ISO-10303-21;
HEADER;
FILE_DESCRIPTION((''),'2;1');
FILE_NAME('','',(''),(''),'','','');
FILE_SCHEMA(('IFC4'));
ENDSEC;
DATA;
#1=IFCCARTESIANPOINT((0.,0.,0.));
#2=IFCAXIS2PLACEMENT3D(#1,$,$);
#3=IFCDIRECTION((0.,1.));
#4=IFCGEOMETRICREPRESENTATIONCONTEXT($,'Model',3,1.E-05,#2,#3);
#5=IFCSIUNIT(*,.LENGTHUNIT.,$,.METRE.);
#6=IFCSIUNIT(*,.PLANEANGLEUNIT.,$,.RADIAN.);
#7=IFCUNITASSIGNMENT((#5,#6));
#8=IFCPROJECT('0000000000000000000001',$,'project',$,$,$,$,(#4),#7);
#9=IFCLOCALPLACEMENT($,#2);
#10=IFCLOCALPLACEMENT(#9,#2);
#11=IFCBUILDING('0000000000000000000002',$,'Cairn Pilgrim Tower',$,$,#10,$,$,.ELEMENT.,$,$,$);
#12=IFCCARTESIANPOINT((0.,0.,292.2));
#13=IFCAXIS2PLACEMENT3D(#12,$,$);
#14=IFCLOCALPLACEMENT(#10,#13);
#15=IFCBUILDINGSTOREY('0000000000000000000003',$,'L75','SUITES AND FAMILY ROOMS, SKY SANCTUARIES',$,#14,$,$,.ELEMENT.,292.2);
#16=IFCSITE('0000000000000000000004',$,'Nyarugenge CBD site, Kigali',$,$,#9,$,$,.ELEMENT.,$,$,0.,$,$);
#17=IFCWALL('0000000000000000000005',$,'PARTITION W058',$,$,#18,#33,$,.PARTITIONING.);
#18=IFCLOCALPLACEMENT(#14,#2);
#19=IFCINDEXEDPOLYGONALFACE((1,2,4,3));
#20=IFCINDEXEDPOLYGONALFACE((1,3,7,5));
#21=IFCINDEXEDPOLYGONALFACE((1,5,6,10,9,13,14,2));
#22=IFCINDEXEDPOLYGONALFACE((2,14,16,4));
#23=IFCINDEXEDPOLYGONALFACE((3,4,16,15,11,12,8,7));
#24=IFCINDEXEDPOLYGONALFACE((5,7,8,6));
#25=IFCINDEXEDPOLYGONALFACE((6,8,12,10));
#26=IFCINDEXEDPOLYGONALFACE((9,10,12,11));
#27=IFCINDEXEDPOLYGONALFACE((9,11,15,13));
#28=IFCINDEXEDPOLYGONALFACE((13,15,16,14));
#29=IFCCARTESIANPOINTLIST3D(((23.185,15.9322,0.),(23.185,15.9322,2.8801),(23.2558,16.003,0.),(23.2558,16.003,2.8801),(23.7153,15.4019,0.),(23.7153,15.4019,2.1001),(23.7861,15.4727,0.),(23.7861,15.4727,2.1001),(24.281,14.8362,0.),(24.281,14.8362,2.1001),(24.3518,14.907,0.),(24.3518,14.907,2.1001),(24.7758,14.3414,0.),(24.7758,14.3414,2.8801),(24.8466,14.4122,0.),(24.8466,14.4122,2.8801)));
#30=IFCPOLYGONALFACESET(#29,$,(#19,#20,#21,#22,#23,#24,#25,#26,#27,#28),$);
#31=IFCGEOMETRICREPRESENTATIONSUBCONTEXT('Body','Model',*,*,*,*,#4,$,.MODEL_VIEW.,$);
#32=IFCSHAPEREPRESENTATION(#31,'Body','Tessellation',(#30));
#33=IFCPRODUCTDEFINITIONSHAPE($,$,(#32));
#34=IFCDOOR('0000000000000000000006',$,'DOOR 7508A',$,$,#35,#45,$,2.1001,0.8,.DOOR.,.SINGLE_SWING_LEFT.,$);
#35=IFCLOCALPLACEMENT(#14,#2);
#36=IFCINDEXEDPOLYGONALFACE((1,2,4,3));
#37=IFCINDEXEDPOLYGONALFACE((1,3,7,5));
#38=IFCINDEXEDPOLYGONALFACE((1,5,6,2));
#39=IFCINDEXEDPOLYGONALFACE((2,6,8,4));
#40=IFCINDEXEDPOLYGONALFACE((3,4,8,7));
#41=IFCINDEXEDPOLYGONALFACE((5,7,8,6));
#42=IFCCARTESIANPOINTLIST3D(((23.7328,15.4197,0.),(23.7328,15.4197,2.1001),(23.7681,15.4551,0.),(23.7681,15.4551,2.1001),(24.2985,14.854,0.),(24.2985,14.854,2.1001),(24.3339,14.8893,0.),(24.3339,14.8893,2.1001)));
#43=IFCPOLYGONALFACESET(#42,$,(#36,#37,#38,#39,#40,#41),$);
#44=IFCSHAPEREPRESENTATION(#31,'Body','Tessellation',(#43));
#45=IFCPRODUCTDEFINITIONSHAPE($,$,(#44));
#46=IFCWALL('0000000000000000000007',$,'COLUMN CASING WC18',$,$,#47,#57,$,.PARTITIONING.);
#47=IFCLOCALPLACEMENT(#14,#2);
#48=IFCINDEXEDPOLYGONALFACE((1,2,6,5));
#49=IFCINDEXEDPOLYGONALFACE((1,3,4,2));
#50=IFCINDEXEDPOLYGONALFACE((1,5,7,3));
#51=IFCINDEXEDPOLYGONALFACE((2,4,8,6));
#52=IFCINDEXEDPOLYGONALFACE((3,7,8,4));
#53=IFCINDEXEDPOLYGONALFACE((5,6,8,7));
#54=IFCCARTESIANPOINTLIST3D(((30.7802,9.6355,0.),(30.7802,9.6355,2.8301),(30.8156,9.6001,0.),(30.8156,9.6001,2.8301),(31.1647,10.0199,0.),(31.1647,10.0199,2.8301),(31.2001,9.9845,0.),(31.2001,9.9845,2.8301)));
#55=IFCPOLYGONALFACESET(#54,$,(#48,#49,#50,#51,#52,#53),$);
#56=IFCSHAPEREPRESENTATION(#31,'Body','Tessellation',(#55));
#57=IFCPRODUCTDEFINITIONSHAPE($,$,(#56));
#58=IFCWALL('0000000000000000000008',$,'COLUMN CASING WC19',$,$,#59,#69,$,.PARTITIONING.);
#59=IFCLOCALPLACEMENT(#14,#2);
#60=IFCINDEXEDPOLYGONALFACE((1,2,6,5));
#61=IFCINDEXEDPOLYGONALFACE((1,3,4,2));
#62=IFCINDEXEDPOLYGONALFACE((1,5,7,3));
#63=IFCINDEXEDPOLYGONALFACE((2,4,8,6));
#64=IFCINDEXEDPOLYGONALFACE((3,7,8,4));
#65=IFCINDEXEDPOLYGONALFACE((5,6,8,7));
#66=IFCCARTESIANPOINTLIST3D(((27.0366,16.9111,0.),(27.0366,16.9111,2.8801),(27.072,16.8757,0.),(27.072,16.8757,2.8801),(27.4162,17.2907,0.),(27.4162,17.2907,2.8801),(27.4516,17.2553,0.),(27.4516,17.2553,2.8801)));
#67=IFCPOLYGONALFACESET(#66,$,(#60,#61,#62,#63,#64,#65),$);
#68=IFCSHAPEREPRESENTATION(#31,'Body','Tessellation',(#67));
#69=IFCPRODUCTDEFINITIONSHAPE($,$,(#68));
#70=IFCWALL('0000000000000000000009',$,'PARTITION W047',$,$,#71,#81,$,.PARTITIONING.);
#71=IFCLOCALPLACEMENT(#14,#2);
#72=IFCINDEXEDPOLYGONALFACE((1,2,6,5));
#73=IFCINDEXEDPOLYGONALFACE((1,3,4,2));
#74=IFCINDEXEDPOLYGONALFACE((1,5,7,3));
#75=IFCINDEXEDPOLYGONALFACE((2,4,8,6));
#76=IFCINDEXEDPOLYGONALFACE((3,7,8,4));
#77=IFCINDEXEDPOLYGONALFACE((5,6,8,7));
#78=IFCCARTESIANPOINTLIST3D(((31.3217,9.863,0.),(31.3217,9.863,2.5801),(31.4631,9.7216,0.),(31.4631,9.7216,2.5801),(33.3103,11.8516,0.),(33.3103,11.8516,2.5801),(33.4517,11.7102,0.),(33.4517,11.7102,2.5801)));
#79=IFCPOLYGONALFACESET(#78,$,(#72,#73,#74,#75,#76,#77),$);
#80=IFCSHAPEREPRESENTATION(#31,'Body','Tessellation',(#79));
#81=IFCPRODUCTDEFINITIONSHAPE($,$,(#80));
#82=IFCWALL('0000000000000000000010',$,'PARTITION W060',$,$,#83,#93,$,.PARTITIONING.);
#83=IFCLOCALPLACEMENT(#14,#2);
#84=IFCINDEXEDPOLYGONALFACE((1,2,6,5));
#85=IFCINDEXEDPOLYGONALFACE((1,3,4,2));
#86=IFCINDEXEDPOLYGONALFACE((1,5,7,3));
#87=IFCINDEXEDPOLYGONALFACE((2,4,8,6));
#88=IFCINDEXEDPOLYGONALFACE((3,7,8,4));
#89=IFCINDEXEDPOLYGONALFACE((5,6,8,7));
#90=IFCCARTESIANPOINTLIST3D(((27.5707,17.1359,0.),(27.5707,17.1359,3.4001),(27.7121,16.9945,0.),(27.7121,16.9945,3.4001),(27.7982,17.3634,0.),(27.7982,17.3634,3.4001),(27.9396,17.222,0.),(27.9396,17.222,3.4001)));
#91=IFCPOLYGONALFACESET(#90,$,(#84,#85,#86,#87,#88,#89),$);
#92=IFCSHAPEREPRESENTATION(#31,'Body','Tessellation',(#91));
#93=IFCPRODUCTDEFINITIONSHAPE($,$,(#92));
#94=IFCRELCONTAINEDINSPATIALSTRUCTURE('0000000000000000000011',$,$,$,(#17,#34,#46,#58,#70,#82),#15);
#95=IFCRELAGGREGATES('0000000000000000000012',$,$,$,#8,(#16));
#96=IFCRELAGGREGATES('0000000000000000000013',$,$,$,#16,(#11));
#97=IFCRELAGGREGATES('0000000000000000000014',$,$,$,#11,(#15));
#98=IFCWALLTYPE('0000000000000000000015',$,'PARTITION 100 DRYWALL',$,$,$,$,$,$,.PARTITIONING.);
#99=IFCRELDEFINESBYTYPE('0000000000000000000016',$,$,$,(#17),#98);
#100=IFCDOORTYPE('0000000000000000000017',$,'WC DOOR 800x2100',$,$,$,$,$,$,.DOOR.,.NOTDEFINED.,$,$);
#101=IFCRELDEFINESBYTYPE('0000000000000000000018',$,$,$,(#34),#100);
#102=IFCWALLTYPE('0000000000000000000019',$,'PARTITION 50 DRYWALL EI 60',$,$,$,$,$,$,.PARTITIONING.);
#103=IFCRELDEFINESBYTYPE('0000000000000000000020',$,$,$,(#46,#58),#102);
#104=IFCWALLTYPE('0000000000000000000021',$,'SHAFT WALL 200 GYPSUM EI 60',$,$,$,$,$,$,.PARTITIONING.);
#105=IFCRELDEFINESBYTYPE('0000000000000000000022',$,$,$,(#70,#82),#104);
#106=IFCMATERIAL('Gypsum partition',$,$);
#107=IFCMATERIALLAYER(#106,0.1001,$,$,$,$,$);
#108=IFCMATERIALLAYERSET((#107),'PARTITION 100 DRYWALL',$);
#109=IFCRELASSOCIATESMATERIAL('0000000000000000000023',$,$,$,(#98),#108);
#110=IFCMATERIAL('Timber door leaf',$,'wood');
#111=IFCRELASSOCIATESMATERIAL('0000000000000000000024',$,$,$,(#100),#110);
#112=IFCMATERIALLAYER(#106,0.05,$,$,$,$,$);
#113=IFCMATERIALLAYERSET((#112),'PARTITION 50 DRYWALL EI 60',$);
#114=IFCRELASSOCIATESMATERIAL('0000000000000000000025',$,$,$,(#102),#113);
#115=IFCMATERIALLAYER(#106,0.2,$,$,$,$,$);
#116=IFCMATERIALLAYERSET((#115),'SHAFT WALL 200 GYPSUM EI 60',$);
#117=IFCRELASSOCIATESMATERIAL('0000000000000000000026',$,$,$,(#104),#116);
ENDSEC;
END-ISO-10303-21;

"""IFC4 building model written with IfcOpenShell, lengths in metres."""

from ifc_helpers import new_model, si_unit, direction, frame, frame_2d, origin, place, context, subcontext, project, spatial, rectangle, extrude, material, layer, layer_set, type_object, element, fill, save


model = new_model("IFC4")

# Units and contexts
model_context = context("Model", 3, precision=1e-05, world=origin(), true_north=direction((0.0, 1.0)))
body_context = subcontext(model_context, "Body", "Model", "MODEL_VIEW")
ifc_project = project(units=[si_unit("LENGTHUNIT", "METRE"), si_unit("PLANEANGLEUNIT", "RADIAN")], contexts=[model_context])

# Site, building, storey
site_placement = place(None, origin())
site = spatial("IfcSite", under=ifc_project, at=site_placement, Name="Nyarugenge CBD site, Kigali", CompositionType="ELEMENT", RefElevation=0.0)
building_placement = place(site_placement, origin())
building = spatial("IfcBuilding", under=site, at=building_placement, Name="Cairn Pilgrim Tower", CompositionType="ELEMENT")
storey_placement = place(building_placement, frame((0.0, 0.0, 292.2)))
storey = spatial("IfcBuildingStorey", under=building, at=storey_placement, Name="L75", Description="SUITES AND FAMILY ROOMS, SKY SANCTUARIES", CompositionType="ELEMENT", Elevation=292.2)

# Wall, opening, door
ifc_material_1 = material(Name="Gypsum partition")
ifc_layer_1 = layer(ifc_material_1, 0.1001)
ifc_layer_set_1 = layer_set([ifc_layer_1], Name="PARTITION 100 DRYWALL")
wall_type_1 = type_object("IfcWallType", Name="PARTITION 100 DRYWALL", PredefinedType="PARTITIONING", material=ifc_layer_set_1)
wall_1_placement = place(storey_placement, frame((24.8113, 14.3767, 0.0), z_axis=(0.0, 0.0, 1.0), x_axis=(-0.707107, 0.707107, 0.0)))
wall_1 = element("IfcWall", 1, at=wall_1_placement, inside=storey, type_object=wall_type_1, Name="PARTITION W058", PredefinedType="PARTITIONING", context=body_context, shape_type="SweptSolid", body=[
    extrude(rectangle(XDim=2.2498, YDim=0.1001, at=frame_2d((1.125, 0.0))), origin(), (0.0, 0.0, 1.0), 2.8801),
])
opening_1_placement = place(wall_1_placement, frame((0.7, 0.0, 0.0)))
opening_1 = element("IfcOpeningElement", 2, at=opening_1_placement, cuts=wall_1, PredefinedType="OPENING", context=body_context, shape_type="SweptSolid", body=[
    extrude(rectangle(XDim=0.8, YDim=2.1001, at=frame_2d((0.3999, 1.05))), frame((0.0, 0.0601, 0.0), z_axis=(0.0, -1.0, 0.0), x_axis=(1.0, 0.0, 0.0)), (0.0, 0.0, 1.0), 0.1201),
])
ifc_material_2 = material(Name="Timber door leaf", Category="wood")
door_type_1 = type_object("IfcDoorType", Name="WC DOOR 800x2100", OperationType="NOTDEFINED", PredefinedType="DOOR", material=ifc_material_2)
door_1_placement = place(opening_1_placement, frame((0.8, 0.0, 0.0), z_axis=(0.0, 0.0, 1.0), x_axis=(-1.0, 0.0, 0.0)))
door_1 = element("IfcDoor", 3, at=door_1_placement, inside=storey, type_object=door_type_1, Name="DOOR 7508A", OperationType="SINGLE_SWING_LEFT", OverallHeight=2.1001, OverallWidth=0.8, PredefinedType="DOOR", context=body_context, shape_type="SweptSolid", body=[
    extrude(rectangle(XDim=0.8, YDim=2.1001, at=frame_2d((0.3999, 1.05))), frame((0.0, 0.0249, 0.0), z_axis=(0.0, -1.0, 0.0), x_axis=(1.0, 0.0, 0.0)), (0.0, 0.0, 1.0), 0.05),
])
fill(opening_1, door_1)

# Walls
ifc_layer_2 = layer(ifc_material_1, 0.05)
ifc_layer_set_2 = layer_set([ifc_layer_2], Name="PARTITION 50 DRYWALL EI 60")
wall_type_2 = type_object("IfcWallType", Name="PARTITION 50 DRYWALL EI 60", PredefinedType="PARTITIONING", material=ifc_layer_set_2)
wall_2_placement = place(storey_placement, frame((30.7979, 9.6177, 0.0), z_axis=(0.0, 0.0, 1.0), x_axis=(0.707107, 0.707107, 0.0)))
element("IfcWall", 4, at=wall_2_placement, inside=storey, type_object=wall_type_2, Name="COLUMN CASING WC18", PredefinedType="PARTITIONING", context=body_context, shape_type="SweptSolid", body=[
    extrude(rectangle(XDim=0.5437, YDim=0.05, at=frame_2d((0.272, 0.0))), origin(), (0.0, 0.0, 1.0), 2.8301),
])
wall_3_placement = place(storey_placement, frame((27.0542, 16.8933, 0.0), z_axis=(0.0, 0.0, 1.0), x_axis=(0.707107, 0.707107, 0.0)))
element("IfcWall", 5, at=wall_3_placement, inside=storey, type_object=wall_type_2, Name="COLUMN CASING WC19", PredefinedType="PARTITIONING", context=body_context, shape_type="SweptSolid", body=[
    extrude(rectangle(XDim=0.5369, YDim=0.05, at=frame_2d((0.2686, 0.0))), origin(), (0.0, 0.0, 1.0), 2.8801),
])
ifc_layer_3 = layer(ifc_material_1, 0.2)
ifc_layer_set_3 = layer_set([ifc_layer_3], Name="SHAFT WALL 200 GYPSUM EI 60")
wall_type_3 = type_object("IfcWallType", Name="SHAFT WALL 200 GYPSUM EI 60", PredefinedType="PARTITIONING", material=ifc_layer_set_3)
wall_4_placement = place(storey_placement, frame((31.3923, 9.7922, 0.0), z_axis=(0.0, 0.0, 1.0), x_axis=(0.707107, 0.707107, 0.0)))
element("IfcWall", 6, at=wall_4_placement, inside=storey, type_object=wall_type_3, Name="PARTITION W047", PredefinedType="PARTITIONING", context=body_context, shape_type="SweptSolid", body=[
    extrude(rectangle(XDim=2.8123, YDim=0.2, at=frame_2d((1.4062, 0.0))), origin(), (0.0, 0.0, 1.0), 2.5801),
])
wall_5_placement = place(storey_placement, frame((27.6414, 17.0652, 0.0), z_axis=(0.0, 0.0, 1.0), x_axis=(0.707107, 0.707107, 0.0)))
element("IfcWall", 7, at=wall_5_placement, inside=storey, type_object=wall_type_3, Name="PARTITION W060", PredefinedType="PARTITIONING", context=body_context, shape_type="SweptSolid", body=[
    extrude(rectangle(XDim=0.3218, YDim=0.2, at=frame_2d((0.1609, 0.0))), origin(), (0.0, 0.0, 1.0), 3.4001),
])

save(model, "model.ifc")
